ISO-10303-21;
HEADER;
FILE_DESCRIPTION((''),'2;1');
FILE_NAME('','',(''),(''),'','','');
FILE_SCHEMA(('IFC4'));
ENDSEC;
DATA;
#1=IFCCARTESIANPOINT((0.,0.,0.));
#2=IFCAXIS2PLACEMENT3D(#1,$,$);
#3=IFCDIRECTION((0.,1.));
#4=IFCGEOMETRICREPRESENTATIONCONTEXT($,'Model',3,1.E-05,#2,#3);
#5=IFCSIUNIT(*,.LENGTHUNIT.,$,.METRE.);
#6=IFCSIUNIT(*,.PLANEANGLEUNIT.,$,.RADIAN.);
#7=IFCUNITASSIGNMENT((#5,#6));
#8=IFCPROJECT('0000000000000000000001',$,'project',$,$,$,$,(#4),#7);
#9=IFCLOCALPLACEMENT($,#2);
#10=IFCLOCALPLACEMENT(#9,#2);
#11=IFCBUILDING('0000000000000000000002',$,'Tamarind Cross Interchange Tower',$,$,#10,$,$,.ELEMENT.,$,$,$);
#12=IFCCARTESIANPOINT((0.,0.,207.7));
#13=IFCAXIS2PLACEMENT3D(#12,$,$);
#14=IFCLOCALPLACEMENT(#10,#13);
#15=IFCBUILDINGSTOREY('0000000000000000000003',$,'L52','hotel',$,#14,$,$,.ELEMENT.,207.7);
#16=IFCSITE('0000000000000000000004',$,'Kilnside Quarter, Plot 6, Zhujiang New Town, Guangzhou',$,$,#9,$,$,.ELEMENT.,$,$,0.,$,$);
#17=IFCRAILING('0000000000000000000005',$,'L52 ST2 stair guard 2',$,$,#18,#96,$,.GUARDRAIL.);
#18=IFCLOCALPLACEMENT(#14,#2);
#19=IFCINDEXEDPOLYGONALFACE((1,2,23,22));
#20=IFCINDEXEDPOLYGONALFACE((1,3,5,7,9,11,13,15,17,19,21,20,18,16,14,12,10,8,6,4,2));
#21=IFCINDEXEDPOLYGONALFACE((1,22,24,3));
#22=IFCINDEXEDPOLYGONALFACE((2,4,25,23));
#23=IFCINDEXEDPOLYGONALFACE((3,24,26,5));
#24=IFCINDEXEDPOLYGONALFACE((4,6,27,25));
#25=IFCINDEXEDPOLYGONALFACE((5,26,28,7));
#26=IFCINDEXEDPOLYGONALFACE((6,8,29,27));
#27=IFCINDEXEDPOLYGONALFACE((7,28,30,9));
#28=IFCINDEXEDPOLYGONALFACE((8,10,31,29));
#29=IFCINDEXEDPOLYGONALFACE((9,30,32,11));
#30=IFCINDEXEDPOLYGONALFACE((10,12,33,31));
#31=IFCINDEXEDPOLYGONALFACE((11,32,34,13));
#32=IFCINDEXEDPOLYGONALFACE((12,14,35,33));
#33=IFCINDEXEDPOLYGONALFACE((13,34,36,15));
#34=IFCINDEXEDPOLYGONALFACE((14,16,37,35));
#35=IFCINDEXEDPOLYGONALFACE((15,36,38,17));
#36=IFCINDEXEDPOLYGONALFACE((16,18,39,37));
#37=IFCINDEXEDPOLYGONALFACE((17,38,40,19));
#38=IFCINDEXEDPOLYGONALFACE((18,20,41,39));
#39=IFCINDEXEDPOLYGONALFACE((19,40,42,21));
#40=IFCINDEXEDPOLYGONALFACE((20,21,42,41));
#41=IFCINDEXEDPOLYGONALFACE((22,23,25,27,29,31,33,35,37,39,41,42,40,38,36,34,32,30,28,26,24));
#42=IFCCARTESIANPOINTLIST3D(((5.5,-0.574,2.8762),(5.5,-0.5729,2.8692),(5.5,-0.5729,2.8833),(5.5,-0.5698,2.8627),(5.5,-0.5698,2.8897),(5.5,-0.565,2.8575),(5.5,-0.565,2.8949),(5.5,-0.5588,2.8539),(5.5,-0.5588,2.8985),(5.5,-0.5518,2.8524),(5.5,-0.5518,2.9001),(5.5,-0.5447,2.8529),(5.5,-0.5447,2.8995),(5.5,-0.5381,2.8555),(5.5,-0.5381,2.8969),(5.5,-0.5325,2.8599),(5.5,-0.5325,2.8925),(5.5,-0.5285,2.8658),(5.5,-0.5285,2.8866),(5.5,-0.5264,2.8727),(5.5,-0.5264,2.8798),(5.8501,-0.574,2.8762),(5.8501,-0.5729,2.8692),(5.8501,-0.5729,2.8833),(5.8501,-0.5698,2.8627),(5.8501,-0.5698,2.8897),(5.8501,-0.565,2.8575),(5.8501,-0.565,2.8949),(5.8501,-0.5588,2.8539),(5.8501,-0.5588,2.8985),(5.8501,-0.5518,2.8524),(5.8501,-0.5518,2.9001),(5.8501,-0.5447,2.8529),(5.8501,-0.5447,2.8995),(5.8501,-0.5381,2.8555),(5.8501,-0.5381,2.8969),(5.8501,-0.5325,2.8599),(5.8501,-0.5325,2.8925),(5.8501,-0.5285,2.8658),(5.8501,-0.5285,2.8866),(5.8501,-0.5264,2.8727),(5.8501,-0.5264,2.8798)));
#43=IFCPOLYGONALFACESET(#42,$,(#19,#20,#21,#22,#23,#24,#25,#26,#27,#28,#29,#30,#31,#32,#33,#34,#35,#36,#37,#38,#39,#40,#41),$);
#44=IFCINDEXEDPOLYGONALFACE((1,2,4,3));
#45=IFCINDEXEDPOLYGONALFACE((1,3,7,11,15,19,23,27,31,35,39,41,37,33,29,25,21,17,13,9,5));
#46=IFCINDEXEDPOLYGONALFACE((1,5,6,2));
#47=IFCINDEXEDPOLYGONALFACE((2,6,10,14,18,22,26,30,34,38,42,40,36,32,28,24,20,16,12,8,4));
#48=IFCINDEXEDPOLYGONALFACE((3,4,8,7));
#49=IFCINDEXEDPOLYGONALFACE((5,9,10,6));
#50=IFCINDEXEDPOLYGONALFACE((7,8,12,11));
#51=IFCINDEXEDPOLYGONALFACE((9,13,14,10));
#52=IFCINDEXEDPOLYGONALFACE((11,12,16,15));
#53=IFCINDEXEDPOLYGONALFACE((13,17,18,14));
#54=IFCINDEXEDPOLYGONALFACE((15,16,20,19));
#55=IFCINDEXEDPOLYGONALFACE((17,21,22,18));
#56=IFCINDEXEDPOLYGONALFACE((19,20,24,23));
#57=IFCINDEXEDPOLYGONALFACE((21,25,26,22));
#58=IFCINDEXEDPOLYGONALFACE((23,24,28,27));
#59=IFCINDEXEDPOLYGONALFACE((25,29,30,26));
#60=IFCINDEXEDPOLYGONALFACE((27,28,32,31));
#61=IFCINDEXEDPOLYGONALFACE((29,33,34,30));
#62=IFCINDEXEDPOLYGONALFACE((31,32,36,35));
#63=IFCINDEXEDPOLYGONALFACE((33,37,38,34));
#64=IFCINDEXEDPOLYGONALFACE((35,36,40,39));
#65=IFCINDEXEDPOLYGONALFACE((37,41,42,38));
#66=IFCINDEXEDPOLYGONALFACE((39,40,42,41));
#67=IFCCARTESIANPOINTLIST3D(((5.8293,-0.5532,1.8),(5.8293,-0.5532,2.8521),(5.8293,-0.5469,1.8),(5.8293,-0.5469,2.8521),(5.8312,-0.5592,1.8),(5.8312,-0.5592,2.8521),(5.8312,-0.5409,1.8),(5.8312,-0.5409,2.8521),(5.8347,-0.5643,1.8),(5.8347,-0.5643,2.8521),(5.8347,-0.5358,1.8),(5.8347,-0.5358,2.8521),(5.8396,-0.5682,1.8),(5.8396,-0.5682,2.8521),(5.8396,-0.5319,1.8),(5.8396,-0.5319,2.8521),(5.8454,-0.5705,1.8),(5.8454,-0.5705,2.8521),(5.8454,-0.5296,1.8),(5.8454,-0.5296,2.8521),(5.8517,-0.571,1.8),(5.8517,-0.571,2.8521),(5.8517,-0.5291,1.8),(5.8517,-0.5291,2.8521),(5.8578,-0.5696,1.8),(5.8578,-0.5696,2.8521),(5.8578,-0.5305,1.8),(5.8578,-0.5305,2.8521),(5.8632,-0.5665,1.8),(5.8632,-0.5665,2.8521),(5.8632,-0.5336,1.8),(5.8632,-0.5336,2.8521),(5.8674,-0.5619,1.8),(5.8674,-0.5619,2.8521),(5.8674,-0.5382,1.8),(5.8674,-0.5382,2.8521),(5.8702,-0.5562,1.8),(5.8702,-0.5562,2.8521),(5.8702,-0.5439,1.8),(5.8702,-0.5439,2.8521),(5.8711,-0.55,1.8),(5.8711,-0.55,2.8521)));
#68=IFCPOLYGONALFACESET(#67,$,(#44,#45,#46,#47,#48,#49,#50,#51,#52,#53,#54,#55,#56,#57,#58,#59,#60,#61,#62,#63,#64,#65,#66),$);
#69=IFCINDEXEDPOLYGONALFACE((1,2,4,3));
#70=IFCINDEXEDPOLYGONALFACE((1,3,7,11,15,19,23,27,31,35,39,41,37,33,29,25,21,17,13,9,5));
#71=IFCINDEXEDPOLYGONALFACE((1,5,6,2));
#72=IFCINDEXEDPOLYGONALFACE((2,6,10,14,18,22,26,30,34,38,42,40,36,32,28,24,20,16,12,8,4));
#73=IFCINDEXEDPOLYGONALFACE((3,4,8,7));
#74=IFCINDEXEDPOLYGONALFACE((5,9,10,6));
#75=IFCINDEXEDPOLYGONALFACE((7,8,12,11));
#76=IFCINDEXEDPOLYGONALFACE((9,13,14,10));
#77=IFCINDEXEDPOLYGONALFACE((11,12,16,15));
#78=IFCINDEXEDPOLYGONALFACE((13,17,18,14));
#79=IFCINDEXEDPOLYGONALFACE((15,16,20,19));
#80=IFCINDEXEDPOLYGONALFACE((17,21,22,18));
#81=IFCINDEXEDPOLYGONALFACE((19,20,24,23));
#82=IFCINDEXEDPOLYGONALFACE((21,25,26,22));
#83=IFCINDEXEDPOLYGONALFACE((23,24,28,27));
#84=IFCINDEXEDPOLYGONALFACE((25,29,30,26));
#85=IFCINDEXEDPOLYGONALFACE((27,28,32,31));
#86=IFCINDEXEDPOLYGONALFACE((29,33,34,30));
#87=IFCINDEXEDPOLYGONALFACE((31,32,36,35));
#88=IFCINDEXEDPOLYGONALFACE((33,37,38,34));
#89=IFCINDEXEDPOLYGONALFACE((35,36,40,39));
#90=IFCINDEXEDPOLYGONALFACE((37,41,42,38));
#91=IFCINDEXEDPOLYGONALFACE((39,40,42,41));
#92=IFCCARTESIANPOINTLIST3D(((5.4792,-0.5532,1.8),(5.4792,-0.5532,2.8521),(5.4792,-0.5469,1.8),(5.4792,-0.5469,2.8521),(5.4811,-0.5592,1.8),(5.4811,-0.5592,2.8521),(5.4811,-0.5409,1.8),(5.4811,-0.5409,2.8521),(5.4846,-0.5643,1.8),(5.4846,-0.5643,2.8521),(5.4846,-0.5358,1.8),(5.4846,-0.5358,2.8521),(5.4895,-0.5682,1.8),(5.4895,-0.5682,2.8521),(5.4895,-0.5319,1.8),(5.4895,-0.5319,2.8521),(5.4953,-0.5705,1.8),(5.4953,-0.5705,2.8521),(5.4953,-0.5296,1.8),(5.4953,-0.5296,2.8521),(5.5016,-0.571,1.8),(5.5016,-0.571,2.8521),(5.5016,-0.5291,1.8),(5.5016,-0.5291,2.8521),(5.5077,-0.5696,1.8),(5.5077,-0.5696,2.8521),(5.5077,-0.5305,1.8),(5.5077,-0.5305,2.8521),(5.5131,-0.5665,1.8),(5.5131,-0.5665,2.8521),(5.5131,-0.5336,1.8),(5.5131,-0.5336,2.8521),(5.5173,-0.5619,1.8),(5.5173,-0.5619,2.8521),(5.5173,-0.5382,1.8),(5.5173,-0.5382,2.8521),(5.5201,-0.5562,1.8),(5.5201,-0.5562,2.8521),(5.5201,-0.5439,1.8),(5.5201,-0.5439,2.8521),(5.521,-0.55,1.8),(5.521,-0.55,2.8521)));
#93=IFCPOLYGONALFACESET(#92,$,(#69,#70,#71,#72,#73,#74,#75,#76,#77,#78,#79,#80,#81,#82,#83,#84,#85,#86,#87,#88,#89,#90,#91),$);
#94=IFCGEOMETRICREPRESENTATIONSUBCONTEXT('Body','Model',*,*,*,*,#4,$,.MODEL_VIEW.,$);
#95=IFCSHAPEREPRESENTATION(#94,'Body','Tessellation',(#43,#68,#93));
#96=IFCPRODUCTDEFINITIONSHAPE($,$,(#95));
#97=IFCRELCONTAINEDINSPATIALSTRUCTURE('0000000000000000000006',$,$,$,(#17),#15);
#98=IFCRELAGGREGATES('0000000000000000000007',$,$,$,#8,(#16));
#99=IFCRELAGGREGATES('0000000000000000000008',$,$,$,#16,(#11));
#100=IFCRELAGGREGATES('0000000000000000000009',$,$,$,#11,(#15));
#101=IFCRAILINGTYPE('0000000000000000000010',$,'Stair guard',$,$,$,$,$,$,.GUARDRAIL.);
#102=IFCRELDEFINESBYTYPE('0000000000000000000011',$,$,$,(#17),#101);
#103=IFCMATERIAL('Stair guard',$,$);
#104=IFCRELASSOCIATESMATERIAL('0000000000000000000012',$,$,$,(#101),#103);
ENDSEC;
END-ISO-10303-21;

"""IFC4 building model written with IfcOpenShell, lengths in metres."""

from ifc_helpers import new_model, si_unit, direction, frame, origin, origin_2d, place, context, subcontext, project, spatial, circle, extrude, material, type_object, element, save


model = new_model("IFC4")

# Units and contexts
model_context = context("Model", 3, precision=1e-05, world=origin(), true_north=direction((0.0, 1.0)))
body_context = subcontext(model_context, "Body", "Model", "MODEL_VIEW")
ifc_project = project(units=[si_unit("LENGTHUNIT", "METRE"), si_unit("PLANEANGLEUNIT", "RADIAN")], contexts=[model_context])

# Site, building, storey
site_placement = place(None, origin())
site = spatial("IfcSite", under=ifc_project, at=site_placement, Name="Kilnside Quarter, Plot 6, Zhujiang New Town, Guangzhou", CompositionType="ELEMENT", RefElevation=0.0)
building_placement = place(site_placement, origin())
building = spatial("IfcBuilding", under=site, at=building_placement, Name="Tamarind Cross Interchange Tower", CompositionType="ELEMENT")
storey_placement = place(building_placement, frame((0.0, 0.0, 207.7)))
storey = spatial("IfcBuildingStorey", under=building, at=storey_placement, Name="L52", Description="hotel", CompositionType="ELEMENT", Elevation=207.7)

# Railing
ifc_material_1 = material(Name="Stair guard")
railing_type_1 = type_object("IfcRailingType", Name="Stair guard", PredefinedType="GUARDRAIL", material=ifc_material_1)
railing_1_placement = place(storey_placement, frame((5.8501, -0.55, 1.8)))
element("IfcRailing", 1, at=railing_1_placement, inside=storey, type_object=railing_type_1, Name="L52 ST2 stair guard 2", PredefinedType="GUARDRAIL", context=body_context, shape_type="SweptSolid", body=[
    extrude(circle(Radius=0.0239, at=origin_2d()), frame((0.0, 0.0, 1.0762), z_axis=(-1.0, 0.0, 0.0), x_axis=(0.0, -1.0, 0.0)), (0.0, 0.0, 1.0), 0.3501),
    extrude(circle(Radius=0.021, at=origin_2d()), origin(), (0.0, 0.0, 1.0), 1.052),
    extrude(circle(Radius=0.021, at=origin_2d()), frame((-0.3501, 0.0, 0.0)), (0.0, 0.0, 1.0), 1.052),
])

save(model, "model.ifc")
